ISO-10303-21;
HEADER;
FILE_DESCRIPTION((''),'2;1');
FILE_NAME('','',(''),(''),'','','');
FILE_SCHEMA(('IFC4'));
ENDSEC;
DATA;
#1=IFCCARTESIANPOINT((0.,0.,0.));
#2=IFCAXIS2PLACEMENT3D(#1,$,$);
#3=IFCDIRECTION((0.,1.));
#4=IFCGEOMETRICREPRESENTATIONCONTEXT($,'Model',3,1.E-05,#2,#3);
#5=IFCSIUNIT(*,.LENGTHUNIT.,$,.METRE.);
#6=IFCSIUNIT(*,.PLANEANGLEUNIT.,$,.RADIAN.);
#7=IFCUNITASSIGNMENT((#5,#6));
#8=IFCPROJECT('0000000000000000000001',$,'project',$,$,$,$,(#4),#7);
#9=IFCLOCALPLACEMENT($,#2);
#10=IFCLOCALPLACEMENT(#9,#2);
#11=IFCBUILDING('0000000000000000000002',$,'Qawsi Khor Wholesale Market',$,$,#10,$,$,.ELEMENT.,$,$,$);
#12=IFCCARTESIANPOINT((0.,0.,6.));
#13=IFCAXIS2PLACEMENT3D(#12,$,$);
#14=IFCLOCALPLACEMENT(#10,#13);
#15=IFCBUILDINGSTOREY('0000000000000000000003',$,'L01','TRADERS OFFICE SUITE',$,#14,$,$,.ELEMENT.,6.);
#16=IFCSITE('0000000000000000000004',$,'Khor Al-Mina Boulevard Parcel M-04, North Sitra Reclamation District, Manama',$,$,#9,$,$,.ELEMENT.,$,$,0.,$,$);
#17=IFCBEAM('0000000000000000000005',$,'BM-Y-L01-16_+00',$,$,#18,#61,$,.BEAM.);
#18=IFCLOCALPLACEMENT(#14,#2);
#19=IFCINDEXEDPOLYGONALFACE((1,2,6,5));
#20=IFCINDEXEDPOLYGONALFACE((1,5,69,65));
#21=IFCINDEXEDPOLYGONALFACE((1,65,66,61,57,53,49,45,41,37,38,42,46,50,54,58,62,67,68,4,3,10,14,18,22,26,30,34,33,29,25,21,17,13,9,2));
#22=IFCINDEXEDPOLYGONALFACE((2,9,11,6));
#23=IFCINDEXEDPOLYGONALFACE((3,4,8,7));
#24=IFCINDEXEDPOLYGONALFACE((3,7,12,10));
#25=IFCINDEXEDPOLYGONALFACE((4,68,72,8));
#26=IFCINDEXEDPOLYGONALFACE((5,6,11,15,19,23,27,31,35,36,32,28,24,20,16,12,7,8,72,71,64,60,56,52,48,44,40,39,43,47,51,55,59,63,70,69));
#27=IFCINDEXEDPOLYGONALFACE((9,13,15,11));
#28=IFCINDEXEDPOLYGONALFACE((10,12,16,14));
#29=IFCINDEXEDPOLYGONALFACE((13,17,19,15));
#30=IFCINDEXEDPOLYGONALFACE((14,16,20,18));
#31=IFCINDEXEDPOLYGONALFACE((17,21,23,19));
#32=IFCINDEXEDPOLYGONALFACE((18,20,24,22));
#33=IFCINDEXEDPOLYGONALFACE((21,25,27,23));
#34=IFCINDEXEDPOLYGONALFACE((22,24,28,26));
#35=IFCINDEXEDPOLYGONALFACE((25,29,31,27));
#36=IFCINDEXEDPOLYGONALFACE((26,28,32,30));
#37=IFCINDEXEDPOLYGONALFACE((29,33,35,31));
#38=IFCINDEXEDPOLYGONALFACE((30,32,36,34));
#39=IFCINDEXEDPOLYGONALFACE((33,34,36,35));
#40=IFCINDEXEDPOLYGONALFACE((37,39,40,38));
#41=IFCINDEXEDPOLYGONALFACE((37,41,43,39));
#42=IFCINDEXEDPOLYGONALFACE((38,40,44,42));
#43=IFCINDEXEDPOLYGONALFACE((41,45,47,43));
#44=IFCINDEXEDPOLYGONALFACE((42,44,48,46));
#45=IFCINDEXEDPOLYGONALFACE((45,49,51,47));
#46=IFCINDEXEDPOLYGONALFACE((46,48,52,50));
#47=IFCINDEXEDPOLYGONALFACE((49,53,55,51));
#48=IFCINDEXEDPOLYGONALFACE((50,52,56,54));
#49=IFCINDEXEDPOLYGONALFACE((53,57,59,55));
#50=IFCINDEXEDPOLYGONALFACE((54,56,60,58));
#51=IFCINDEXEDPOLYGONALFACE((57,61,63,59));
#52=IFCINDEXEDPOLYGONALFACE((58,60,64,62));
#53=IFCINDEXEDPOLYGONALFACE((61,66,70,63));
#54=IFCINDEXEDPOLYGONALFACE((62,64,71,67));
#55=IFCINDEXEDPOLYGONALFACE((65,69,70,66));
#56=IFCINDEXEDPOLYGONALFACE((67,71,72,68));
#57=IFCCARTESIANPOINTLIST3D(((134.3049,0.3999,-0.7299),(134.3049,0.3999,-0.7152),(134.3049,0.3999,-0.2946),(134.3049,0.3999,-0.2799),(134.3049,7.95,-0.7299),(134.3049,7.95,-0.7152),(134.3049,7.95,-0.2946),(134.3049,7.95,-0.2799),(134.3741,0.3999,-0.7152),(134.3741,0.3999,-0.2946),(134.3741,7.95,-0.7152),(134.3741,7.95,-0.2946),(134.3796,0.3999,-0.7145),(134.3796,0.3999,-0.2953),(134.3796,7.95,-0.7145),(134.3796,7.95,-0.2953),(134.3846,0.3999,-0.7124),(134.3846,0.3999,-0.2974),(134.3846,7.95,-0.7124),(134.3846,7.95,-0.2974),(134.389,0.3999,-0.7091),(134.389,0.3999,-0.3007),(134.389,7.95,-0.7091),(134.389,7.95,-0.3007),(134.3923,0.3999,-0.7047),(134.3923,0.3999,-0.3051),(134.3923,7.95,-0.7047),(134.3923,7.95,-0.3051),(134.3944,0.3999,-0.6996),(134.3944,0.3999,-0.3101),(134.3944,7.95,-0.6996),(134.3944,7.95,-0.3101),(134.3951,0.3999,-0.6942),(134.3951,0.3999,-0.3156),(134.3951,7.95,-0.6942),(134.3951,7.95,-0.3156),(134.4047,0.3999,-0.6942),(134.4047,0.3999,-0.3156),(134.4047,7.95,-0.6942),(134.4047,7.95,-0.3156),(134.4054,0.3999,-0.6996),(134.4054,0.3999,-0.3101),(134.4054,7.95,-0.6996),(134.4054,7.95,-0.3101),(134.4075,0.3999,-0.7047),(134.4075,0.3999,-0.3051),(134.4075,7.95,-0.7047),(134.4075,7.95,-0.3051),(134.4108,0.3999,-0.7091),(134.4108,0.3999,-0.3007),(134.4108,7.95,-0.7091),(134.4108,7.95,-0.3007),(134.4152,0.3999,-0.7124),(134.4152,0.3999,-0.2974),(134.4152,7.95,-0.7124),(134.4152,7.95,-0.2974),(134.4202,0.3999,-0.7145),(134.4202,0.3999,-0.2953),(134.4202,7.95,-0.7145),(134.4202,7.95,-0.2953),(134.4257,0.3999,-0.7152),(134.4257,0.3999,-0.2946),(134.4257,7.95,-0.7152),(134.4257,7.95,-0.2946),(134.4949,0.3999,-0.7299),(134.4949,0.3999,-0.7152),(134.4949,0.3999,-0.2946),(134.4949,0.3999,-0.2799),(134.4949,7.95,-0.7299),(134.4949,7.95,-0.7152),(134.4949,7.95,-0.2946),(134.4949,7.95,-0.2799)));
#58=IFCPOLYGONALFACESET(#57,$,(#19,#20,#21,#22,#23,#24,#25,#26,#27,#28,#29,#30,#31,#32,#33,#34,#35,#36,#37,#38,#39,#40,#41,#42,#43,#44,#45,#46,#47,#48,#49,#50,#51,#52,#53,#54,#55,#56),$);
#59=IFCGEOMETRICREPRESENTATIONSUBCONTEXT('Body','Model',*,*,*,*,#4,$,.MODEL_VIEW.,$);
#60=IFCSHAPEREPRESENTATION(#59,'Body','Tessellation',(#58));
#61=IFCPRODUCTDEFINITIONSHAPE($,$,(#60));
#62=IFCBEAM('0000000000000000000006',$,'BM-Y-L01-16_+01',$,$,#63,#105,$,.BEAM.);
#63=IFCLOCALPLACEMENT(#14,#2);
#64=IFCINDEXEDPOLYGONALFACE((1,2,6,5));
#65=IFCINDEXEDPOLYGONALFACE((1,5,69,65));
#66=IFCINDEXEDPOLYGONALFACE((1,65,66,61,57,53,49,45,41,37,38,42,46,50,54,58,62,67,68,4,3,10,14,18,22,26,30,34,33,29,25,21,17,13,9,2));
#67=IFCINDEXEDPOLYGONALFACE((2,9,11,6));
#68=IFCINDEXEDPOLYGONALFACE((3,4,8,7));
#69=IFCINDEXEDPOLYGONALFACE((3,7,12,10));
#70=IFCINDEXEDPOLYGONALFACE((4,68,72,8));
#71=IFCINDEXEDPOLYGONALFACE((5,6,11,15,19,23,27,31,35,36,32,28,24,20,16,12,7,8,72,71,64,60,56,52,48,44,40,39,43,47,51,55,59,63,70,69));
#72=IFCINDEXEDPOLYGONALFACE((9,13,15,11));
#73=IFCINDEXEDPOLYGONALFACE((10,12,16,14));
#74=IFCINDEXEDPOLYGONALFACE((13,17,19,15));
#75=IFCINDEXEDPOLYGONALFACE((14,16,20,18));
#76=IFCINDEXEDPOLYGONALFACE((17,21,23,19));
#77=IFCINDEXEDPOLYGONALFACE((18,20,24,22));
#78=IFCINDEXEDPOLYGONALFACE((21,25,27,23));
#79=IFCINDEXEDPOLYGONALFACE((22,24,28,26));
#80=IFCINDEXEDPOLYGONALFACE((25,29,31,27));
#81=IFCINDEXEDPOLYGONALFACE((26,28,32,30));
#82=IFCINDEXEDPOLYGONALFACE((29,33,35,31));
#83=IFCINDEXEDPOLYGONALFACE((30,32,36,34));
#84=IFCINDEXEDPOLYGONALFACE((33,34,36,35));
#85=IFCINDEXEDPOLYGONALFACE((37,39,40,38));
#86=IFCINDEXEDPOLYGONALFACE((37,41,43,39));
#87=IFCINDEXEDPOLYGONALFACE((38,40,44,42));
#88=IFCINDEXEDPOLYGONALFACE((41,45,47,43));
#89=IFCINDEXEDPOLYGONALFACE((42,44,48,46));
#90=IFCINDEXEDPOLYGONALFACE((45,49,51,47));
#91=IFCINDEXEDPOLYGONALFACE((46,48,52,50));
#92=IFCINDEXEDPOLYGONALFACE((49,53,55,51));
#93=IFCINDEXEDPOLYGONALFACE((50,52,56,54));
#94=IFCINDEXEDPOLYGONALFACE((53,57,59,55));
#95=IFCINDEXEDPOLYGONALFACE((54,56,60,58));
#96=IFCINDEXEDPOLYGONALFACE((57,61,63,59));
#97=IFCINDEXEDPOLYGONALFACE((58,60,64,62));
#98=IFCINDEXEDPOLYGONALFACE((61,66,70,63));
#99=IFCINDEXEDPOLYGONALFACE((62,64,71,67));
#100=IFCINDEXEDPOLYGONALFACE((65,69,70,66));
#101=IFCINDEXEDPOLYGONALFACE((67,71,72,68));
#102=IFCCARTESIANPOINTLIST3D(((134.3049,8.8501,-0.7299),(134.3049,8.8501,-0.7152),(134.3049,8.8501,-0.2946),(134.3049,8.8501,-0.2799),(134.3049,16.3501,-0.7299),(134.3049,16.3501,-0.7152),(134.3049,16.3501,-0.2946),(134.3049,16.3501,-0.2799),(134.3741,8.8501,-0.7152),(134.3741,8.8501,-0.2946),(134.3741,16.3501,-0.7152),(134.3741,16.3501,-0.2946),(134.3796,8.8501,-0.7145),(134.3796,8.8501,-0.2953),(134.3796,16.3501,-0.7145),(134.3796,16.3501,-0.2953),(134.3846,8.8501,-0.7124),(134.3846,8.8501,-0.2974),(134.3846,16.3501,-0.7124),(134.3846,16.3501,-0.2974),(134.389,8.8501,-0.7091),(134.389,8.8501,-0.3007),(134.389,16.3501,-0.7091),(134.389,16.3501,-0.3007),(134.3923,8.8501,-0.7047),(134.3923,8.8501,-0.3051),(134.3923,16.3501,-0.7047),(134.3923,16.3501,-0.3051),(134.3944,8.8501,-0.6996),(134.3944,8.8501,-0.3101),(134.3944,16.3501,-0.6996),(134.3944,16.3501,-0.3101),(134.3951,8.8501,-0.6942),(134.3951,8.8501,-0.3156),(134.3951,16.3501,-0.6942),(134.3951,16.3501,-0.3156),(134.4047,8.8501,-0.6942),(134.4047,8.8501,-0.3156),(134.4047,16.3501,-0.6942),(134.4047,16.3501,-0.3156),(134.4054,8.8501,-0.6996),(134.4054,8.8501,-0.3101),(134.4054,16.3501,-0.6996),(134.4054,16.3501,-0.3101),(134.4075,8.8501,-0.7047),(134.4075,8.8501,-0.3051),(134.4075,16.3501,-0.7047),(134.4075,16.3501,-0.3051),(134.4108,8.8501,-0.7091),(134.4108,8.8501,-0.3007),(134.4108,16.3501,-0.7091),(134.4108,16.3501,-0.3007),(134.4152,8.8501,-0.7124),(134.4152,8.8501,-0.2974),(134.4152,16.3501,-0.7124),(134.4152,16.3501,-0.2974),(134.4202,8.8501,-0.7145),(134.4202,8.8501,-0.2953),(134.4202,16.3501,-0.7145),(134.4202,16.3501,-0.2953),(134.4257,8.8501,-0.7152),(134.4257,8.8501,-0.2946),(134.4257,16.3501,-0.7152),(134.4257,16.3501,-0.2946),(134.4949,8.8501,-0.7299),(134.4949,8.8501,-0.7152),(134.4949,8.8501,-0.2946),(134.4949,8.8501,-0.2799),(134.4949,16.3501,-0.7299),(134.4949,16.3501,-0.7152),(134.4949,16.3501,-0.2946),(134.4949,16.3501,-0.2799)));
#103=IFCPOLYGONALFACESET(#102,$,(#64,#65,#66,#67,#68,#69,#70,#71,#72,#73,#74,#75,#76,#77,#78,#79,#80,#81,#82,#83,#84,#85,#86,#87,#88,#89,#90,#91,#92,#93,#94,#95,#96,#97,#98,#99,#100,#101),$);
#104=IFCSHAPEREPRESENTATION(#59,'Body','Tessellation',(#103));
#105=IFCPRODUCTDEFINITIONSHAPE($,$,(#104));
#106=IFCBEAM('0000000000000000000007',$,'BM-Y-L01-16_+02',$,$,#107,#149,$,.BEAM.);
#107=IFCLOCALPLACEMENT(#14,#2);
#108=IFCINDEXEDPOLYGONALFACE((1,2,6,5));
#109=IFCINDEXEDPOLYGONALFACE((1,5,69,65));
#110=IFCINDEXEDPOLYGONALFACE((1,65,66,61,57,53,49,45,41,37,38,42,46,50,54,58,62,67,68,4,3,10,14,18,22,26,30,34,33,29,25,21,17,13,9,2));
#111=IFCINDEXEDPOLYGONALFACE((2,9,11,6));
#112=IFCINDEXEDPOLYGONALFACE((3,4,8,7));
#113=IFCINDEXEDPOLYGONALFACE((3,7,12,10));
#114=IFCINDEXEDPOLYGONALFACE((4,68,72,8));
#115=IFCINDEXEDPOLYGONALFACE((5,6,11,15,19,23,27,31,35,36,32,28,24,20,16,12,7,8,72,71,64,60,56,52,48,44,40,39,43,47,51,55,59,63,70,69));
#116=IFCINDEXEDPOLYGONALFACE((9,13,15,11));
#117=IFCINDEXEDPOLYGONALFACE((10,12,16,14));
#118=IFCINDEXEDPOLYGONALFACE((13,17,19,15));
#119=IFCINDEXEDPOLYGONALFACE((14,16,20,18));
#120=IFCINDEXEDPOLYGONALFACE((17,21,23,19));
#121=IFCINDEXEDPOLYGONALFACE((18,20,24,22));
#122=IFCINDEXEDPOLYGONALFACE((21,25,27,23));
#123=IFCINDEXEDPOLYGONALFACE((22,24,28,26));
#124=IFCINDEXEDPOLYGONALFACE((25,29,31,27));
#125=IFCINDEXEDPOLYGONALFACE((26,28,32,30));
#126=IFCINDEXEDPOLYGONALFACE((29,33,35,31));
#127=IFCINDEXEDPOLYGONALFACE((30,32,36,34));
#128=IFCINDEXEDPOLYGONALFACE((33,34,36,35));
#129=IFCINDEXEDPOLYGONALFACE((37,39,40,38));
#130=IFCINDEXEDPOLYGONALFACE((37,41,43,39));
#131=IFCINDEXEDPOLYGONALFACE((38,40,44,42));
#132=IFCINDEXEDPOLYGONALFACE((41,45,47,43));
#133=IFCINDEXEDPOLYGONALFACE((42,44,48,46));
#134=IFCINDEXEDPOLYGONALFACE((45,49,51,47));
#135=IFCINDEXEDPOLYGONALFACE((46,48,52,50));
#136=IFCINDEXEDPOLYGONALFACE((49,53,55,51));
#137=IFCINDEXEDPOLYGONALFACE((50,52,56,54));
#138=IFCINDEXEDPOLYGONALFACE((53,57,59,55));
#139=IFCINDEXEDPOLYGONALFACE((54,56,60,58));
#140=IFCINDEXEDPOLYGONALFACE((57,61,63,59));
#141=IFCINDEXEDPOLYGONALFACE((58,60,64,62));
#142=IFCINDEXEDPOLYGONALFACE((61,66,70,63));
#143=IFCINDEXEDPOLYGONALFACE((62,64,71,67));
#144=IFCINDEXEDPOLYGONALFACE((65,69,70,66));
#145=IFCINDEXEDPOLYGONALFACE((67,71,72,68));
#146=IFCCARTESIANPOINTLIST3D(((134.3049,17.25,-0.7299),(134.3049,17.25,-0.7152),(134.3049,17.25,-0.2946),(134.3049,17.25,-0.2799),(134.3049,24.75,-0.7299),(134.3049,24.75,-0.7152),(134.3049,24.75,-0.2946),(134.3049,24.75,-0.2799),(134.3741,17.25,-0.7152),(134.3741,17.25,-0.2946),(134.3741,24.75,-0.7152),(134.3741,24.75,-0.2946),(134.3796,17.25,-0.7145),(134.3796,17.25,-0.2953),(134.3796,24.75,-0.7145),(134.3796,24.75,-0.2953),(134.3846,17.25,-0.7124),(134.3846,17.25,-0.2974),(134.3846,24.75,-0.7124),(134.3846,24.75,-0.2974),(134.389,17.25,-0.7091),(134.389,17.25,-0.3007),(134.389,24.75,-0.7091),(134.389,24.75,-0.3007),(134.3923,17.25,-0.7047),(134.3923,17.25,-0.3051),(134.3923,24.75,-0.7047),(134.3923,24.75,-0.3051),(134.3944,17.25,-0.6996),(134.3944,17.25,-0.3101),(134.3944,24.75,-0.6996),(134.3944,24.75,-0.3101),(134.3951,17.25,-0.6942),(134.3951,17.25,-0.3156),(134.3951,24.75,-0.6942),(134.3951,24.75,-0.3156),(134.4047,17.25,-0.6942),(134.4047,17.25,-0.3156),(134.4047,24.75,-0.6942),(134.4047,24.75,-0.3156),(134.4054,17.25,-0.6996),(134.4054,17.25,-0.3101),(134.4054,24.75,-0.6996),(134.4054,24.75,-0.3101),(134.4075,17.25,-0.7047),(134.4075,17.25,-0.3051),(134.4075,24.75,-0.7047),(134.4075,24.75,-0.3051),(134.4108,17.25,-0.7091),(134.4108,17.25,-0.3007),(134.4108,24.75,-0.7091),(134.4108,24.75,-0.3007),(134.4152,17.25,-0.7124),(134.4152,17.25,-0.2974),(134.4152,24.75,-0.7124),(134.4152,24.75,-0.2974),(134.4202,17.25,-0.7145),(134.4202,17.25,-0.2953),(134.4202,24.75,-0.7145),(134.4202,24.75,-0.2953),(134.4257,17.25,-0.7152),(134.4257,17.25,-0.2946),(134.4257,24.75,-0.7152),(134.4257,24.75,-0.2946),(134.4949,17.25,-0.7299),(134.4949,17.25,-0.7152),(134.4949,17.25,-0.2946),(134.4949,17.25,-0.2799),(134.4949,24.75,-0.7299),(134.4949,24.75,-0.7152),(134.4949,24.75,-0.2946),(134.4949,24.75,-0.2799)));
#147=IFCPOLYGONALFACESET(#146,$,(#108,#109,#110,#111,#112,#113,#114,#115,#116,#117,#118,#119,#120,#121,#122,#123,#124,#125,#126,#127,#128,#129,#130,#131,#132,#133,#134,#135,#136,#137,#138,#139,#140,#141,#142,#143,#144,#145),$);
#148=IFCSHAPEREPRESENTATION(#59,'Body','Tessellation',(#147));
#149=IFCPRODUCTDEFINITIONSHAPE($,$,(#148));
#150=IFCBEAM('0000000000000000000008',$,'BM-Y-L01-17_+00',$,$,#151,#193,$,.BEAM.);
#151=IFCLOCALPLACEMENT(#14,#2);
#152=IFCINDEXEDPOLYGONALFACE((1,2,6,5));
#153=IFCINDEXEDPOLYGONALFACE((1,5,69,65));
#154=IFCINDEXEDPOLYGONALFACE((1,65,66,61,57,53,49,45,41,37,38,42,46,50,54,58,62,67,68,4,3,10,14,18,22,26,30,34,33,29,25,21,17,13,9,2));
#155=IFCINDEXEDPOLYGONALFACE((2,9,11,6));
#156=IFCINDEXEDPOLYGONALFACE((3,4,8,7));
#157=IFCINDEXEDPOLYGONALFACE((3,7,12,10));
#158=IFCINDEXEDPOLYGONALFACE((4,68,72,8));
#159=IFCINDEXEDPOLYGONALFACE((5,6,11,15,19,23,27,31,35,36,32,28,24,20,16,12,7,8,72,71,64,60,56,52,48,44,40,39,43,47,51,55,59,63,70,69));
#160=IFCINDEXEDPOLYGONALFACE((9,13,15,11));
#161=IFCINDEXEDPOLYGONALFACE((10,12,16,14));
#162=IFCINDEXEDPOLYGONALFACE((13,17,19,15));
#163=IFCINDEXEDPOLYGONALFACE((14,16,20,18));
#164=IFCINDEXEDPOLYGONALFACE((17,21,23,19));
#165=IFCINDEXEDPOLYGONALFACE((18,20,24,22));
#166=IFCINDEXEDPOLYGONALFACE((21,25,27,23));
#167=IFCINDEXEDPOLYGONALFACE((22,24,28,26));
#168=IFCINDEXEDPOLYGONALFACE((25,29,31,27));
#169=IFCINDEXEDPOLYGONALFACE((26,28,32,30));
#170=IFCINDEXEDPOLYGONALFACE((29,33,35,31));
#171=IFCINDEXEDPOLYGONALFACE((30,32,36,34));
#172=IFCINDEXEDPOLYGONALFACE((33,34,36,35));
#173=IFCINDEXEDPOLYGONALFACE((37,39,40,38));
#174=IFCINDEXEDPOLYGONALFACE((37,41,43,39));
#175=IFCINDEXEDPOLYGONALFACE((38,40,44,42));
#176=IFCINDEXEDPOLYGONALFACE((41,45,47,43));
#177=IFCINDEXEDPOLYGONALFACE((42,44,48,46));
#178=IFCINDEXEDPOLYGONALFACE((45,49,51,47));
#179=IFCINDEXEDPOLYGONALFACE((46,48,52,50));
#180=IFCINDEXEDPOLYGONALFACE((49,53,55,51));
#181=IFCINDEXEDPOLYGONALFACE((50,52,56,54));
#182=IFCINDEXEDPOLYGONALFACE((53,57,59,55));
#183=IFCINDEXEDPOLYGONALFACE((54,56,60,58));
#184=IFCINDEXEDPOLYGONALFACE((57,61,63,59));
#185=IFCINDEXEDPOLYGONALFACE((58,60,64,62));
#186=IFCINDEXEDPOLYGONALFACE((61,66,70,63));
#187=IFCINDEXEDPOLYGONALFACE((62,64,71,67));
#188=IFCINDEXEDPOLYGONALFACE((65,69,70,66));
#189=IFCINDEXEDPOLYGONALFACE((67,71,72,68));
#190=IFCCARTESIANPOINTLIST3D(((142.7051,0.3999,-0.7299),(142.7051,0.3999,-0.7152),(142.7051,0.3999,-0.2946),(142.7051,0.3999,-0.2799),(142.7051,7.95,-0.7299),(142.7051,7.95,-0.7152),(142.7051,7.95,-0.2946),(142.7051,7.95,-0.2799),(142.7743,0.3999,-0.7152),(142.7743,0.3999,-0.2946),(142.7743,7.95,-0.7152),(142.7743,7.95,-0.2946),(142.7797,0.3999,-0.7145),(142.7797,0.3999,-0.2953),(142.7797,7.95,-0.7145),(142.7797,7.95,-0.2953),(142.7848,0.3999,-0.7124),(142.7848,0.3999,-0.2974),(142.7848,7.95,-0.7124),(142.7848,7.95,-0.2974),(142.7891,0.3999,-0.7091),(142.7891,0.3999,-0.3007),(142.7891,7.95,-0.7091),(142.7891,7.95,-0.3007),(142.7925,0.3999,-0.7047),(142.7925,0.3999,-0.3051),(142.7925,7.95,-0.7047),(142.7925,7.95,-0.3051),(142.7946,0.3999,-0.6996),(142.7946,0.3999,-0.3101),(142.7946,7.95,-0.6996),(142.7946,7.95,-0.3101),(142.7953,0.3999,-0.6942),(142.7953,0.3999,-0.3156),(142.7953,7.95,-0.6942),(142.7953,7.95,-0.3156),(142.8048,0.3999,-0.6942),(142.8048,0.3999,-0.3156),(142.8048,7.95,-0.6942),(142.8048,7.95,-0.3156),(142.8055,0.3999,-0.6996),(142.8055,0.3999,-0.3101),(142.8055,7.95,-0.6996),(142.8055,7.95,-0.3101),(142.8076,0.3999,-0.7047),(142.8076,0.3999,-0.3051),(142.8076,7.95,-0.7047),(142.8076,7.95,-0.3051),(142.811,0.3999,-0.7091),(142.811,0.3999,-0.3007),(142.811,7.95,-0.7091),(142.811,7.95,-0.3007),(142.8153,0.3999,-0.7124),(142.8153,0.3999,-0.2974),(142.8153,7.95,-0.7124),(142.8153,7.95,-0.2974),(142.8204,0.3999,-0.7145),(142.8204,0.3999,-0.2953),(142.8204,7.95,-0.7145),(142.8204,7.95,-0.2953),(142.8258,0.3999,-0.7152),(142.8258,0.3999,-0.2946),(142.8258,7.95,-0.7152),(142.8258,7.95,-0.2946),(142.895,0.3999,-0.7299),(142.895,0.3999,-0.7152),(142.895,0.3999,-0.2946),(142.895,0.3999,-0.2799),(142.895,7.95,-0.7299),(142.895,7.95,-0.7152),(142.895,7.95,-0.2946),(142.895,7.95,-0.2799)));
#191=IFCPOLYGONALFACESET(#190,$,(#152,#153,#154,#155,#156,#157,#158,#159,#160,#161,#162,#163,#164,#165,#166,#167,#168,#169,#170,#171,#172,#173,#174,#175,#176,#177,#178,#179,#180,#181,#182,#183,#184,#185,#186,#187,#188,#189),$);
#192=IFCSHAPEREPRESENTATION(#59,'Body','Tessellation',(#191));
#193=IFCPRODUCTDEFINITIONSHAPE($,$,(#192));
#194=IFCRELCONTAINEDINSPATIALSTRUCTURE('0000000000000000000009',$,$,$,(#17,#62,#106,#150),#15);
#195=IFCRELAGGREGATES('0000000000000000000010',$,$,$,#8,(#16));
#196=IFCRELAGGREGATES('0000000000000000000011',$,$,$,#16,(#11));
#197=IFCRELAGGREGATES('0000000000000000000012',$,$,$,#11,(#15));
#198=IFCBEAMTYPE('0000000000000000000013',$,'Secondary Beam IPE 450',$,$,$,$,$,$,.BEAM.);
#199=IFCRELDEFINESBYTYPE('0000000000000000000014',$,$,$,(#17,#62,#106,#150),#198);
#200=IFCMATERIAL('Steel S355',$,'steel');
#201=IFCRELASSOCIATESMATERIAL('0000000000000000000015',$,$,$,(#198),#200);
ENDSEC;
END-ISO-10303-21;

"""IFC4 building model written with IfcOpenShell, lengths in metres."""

from ifc_helpers import new_model, si_unit, direction, frame, origin, origin_2d, place, context, subcontext, project, spatial, i_section, extrude, material, material_profile, profile_set, type_object, element, save


model = new_model("IFC4")

# Units and contexts
model_context = context("Model", 3, precision=1e-05, world=origin(), true_north=direction((0.0, 1.0)))
body_context = subcontext(model_context, "Body", "Model", "MODEL_VIEW")
ifc_project = project(units=[si_unit("LENGTHUNIT", "METRE"), si_unit("PLANEANGLEUNIT", "RADIAN")], contexts=[model_context])

# Site, building, storey
site_placement = place(None, origin())
site = spatial("IfcSite", under=ifc_project, at=site_placement, Name="Khor Al-Mina Boulevard Parcel M-04, North Sitra Reclamation District, Manama", CompositionType="ELEMENT", RefElevation=0.0)
building_placement = place(site_placement, origin())
building = spatial("IfcBuilding", under=site, at=building_placement, Name="Qawsi Khor Wholesale Market", CompositionType="ELEMENT")
storey_placement = place(building_placement, frame((0.0, 0.0, 6.0)))
storey = spatial("IfcBuildingStorey", under=building, at=storey_placement, Name="L01", Description="TRADERS OFFICE SUITE", CompositionType="ELEMENT", Elevation=6.0)

# Beams
ifc_material_1 = material(Name="Steel S355", Category="steel")
ifc_material_profile_1 = material_profile(ifc_material_1, i_section(OverallWidth=0.1899, OverallDepth=0.45, WebThickness=0.0095, FlangeThickness=0.0146, FilletRadius=0.021, at=origin_2d()), Name="IPE 450")
ifc_profile_set_1 = profile_set([ifc_material_profile_1], Name="Steel S355")
beam_type_1 = type_object("IfcBeamType", Name="Secondary Beam IPE 450", PredefinedType="BEAM", material=ifc_profile_set_1)
beam_1_placement = place(storey_placement, frame((134.3999, 0.3999, -0.5049), z_axis=(0.0, 1.0, 0.0), x_axis=(-1.0, 0.0, 0.0)))
element("IfcBeam", 1, at=beam_1_placement, inside=storey, type_object=beam_type_1, Name="BM-Y-L01-16_+00", PredefinedType="BEAM", context=body_context, shape_type="SweptSolid", body=[
    extrude(i_section(OverallWidth=0.1899, OverallDepth=0.45, WebThickness=0.0095, FlangeThickness=0.0146, FilletRadius=0.021, at=origin_2d()), origin(), (0.0, 0.0, 1.0), 7.55),
])
for number, where, z_axis, x_axis, name in (
    (2, (134.3999, 8.8501, -0.5049), (0.0, 1.0, 0.0), (-1.0, 0.0, 0.0), "BM-Y-L01-16_+01"),
    (3, (134.3999, 17.25, -0.5049), (0.0, 1.0, 0.0), (-1.0, 0.0, 0.0), "BM-Y-L01-16_+02"),
):
    element("IfcBeam", number, at=place(storey_placement, frame(where, z_axis=z_axis, x_axis=x_axis)), inside=storey, type_object=beam_type_1, Name=name, PredefinedType="BEAM", context=body_context, shape_type="SweptSolid", body=[
        extrude(i_section(OverallWidth=0.1899, OverallDepth=0.45, WebThickness=0.0095, FlangeThickness=0.0146, FilletRadius=0.021, at=origin_2d()), origin(), (0.0, 0.0, 1.0), 7.5),
    ])
beam_2_placement = place(storey_placement, frame((142.8, 0.3999, -0.5049), z_axis=(0.0, 1.0, 0.0), x_axis=(-1.0, 0.0, 0.0)))
element("IfcBeam", 4, at=beam_2_placement, inside=storey, type_object=beam_type_1, Name="BM-Y-L01-17_+00", PredefinedType="BEAM", context=body_context, shape_type="SweptSolid", body=[
    extrude(i_section(OverallWidth=0.1899, OverallDepth=0.45, WebThickness=0.0095, FlangeThickness=0.0146, FilletRadius=0.021, at=origin_2d()), origin(), (0.0, 0.0, 1.0), 7.55),
])

save(model, "model.ifc")
